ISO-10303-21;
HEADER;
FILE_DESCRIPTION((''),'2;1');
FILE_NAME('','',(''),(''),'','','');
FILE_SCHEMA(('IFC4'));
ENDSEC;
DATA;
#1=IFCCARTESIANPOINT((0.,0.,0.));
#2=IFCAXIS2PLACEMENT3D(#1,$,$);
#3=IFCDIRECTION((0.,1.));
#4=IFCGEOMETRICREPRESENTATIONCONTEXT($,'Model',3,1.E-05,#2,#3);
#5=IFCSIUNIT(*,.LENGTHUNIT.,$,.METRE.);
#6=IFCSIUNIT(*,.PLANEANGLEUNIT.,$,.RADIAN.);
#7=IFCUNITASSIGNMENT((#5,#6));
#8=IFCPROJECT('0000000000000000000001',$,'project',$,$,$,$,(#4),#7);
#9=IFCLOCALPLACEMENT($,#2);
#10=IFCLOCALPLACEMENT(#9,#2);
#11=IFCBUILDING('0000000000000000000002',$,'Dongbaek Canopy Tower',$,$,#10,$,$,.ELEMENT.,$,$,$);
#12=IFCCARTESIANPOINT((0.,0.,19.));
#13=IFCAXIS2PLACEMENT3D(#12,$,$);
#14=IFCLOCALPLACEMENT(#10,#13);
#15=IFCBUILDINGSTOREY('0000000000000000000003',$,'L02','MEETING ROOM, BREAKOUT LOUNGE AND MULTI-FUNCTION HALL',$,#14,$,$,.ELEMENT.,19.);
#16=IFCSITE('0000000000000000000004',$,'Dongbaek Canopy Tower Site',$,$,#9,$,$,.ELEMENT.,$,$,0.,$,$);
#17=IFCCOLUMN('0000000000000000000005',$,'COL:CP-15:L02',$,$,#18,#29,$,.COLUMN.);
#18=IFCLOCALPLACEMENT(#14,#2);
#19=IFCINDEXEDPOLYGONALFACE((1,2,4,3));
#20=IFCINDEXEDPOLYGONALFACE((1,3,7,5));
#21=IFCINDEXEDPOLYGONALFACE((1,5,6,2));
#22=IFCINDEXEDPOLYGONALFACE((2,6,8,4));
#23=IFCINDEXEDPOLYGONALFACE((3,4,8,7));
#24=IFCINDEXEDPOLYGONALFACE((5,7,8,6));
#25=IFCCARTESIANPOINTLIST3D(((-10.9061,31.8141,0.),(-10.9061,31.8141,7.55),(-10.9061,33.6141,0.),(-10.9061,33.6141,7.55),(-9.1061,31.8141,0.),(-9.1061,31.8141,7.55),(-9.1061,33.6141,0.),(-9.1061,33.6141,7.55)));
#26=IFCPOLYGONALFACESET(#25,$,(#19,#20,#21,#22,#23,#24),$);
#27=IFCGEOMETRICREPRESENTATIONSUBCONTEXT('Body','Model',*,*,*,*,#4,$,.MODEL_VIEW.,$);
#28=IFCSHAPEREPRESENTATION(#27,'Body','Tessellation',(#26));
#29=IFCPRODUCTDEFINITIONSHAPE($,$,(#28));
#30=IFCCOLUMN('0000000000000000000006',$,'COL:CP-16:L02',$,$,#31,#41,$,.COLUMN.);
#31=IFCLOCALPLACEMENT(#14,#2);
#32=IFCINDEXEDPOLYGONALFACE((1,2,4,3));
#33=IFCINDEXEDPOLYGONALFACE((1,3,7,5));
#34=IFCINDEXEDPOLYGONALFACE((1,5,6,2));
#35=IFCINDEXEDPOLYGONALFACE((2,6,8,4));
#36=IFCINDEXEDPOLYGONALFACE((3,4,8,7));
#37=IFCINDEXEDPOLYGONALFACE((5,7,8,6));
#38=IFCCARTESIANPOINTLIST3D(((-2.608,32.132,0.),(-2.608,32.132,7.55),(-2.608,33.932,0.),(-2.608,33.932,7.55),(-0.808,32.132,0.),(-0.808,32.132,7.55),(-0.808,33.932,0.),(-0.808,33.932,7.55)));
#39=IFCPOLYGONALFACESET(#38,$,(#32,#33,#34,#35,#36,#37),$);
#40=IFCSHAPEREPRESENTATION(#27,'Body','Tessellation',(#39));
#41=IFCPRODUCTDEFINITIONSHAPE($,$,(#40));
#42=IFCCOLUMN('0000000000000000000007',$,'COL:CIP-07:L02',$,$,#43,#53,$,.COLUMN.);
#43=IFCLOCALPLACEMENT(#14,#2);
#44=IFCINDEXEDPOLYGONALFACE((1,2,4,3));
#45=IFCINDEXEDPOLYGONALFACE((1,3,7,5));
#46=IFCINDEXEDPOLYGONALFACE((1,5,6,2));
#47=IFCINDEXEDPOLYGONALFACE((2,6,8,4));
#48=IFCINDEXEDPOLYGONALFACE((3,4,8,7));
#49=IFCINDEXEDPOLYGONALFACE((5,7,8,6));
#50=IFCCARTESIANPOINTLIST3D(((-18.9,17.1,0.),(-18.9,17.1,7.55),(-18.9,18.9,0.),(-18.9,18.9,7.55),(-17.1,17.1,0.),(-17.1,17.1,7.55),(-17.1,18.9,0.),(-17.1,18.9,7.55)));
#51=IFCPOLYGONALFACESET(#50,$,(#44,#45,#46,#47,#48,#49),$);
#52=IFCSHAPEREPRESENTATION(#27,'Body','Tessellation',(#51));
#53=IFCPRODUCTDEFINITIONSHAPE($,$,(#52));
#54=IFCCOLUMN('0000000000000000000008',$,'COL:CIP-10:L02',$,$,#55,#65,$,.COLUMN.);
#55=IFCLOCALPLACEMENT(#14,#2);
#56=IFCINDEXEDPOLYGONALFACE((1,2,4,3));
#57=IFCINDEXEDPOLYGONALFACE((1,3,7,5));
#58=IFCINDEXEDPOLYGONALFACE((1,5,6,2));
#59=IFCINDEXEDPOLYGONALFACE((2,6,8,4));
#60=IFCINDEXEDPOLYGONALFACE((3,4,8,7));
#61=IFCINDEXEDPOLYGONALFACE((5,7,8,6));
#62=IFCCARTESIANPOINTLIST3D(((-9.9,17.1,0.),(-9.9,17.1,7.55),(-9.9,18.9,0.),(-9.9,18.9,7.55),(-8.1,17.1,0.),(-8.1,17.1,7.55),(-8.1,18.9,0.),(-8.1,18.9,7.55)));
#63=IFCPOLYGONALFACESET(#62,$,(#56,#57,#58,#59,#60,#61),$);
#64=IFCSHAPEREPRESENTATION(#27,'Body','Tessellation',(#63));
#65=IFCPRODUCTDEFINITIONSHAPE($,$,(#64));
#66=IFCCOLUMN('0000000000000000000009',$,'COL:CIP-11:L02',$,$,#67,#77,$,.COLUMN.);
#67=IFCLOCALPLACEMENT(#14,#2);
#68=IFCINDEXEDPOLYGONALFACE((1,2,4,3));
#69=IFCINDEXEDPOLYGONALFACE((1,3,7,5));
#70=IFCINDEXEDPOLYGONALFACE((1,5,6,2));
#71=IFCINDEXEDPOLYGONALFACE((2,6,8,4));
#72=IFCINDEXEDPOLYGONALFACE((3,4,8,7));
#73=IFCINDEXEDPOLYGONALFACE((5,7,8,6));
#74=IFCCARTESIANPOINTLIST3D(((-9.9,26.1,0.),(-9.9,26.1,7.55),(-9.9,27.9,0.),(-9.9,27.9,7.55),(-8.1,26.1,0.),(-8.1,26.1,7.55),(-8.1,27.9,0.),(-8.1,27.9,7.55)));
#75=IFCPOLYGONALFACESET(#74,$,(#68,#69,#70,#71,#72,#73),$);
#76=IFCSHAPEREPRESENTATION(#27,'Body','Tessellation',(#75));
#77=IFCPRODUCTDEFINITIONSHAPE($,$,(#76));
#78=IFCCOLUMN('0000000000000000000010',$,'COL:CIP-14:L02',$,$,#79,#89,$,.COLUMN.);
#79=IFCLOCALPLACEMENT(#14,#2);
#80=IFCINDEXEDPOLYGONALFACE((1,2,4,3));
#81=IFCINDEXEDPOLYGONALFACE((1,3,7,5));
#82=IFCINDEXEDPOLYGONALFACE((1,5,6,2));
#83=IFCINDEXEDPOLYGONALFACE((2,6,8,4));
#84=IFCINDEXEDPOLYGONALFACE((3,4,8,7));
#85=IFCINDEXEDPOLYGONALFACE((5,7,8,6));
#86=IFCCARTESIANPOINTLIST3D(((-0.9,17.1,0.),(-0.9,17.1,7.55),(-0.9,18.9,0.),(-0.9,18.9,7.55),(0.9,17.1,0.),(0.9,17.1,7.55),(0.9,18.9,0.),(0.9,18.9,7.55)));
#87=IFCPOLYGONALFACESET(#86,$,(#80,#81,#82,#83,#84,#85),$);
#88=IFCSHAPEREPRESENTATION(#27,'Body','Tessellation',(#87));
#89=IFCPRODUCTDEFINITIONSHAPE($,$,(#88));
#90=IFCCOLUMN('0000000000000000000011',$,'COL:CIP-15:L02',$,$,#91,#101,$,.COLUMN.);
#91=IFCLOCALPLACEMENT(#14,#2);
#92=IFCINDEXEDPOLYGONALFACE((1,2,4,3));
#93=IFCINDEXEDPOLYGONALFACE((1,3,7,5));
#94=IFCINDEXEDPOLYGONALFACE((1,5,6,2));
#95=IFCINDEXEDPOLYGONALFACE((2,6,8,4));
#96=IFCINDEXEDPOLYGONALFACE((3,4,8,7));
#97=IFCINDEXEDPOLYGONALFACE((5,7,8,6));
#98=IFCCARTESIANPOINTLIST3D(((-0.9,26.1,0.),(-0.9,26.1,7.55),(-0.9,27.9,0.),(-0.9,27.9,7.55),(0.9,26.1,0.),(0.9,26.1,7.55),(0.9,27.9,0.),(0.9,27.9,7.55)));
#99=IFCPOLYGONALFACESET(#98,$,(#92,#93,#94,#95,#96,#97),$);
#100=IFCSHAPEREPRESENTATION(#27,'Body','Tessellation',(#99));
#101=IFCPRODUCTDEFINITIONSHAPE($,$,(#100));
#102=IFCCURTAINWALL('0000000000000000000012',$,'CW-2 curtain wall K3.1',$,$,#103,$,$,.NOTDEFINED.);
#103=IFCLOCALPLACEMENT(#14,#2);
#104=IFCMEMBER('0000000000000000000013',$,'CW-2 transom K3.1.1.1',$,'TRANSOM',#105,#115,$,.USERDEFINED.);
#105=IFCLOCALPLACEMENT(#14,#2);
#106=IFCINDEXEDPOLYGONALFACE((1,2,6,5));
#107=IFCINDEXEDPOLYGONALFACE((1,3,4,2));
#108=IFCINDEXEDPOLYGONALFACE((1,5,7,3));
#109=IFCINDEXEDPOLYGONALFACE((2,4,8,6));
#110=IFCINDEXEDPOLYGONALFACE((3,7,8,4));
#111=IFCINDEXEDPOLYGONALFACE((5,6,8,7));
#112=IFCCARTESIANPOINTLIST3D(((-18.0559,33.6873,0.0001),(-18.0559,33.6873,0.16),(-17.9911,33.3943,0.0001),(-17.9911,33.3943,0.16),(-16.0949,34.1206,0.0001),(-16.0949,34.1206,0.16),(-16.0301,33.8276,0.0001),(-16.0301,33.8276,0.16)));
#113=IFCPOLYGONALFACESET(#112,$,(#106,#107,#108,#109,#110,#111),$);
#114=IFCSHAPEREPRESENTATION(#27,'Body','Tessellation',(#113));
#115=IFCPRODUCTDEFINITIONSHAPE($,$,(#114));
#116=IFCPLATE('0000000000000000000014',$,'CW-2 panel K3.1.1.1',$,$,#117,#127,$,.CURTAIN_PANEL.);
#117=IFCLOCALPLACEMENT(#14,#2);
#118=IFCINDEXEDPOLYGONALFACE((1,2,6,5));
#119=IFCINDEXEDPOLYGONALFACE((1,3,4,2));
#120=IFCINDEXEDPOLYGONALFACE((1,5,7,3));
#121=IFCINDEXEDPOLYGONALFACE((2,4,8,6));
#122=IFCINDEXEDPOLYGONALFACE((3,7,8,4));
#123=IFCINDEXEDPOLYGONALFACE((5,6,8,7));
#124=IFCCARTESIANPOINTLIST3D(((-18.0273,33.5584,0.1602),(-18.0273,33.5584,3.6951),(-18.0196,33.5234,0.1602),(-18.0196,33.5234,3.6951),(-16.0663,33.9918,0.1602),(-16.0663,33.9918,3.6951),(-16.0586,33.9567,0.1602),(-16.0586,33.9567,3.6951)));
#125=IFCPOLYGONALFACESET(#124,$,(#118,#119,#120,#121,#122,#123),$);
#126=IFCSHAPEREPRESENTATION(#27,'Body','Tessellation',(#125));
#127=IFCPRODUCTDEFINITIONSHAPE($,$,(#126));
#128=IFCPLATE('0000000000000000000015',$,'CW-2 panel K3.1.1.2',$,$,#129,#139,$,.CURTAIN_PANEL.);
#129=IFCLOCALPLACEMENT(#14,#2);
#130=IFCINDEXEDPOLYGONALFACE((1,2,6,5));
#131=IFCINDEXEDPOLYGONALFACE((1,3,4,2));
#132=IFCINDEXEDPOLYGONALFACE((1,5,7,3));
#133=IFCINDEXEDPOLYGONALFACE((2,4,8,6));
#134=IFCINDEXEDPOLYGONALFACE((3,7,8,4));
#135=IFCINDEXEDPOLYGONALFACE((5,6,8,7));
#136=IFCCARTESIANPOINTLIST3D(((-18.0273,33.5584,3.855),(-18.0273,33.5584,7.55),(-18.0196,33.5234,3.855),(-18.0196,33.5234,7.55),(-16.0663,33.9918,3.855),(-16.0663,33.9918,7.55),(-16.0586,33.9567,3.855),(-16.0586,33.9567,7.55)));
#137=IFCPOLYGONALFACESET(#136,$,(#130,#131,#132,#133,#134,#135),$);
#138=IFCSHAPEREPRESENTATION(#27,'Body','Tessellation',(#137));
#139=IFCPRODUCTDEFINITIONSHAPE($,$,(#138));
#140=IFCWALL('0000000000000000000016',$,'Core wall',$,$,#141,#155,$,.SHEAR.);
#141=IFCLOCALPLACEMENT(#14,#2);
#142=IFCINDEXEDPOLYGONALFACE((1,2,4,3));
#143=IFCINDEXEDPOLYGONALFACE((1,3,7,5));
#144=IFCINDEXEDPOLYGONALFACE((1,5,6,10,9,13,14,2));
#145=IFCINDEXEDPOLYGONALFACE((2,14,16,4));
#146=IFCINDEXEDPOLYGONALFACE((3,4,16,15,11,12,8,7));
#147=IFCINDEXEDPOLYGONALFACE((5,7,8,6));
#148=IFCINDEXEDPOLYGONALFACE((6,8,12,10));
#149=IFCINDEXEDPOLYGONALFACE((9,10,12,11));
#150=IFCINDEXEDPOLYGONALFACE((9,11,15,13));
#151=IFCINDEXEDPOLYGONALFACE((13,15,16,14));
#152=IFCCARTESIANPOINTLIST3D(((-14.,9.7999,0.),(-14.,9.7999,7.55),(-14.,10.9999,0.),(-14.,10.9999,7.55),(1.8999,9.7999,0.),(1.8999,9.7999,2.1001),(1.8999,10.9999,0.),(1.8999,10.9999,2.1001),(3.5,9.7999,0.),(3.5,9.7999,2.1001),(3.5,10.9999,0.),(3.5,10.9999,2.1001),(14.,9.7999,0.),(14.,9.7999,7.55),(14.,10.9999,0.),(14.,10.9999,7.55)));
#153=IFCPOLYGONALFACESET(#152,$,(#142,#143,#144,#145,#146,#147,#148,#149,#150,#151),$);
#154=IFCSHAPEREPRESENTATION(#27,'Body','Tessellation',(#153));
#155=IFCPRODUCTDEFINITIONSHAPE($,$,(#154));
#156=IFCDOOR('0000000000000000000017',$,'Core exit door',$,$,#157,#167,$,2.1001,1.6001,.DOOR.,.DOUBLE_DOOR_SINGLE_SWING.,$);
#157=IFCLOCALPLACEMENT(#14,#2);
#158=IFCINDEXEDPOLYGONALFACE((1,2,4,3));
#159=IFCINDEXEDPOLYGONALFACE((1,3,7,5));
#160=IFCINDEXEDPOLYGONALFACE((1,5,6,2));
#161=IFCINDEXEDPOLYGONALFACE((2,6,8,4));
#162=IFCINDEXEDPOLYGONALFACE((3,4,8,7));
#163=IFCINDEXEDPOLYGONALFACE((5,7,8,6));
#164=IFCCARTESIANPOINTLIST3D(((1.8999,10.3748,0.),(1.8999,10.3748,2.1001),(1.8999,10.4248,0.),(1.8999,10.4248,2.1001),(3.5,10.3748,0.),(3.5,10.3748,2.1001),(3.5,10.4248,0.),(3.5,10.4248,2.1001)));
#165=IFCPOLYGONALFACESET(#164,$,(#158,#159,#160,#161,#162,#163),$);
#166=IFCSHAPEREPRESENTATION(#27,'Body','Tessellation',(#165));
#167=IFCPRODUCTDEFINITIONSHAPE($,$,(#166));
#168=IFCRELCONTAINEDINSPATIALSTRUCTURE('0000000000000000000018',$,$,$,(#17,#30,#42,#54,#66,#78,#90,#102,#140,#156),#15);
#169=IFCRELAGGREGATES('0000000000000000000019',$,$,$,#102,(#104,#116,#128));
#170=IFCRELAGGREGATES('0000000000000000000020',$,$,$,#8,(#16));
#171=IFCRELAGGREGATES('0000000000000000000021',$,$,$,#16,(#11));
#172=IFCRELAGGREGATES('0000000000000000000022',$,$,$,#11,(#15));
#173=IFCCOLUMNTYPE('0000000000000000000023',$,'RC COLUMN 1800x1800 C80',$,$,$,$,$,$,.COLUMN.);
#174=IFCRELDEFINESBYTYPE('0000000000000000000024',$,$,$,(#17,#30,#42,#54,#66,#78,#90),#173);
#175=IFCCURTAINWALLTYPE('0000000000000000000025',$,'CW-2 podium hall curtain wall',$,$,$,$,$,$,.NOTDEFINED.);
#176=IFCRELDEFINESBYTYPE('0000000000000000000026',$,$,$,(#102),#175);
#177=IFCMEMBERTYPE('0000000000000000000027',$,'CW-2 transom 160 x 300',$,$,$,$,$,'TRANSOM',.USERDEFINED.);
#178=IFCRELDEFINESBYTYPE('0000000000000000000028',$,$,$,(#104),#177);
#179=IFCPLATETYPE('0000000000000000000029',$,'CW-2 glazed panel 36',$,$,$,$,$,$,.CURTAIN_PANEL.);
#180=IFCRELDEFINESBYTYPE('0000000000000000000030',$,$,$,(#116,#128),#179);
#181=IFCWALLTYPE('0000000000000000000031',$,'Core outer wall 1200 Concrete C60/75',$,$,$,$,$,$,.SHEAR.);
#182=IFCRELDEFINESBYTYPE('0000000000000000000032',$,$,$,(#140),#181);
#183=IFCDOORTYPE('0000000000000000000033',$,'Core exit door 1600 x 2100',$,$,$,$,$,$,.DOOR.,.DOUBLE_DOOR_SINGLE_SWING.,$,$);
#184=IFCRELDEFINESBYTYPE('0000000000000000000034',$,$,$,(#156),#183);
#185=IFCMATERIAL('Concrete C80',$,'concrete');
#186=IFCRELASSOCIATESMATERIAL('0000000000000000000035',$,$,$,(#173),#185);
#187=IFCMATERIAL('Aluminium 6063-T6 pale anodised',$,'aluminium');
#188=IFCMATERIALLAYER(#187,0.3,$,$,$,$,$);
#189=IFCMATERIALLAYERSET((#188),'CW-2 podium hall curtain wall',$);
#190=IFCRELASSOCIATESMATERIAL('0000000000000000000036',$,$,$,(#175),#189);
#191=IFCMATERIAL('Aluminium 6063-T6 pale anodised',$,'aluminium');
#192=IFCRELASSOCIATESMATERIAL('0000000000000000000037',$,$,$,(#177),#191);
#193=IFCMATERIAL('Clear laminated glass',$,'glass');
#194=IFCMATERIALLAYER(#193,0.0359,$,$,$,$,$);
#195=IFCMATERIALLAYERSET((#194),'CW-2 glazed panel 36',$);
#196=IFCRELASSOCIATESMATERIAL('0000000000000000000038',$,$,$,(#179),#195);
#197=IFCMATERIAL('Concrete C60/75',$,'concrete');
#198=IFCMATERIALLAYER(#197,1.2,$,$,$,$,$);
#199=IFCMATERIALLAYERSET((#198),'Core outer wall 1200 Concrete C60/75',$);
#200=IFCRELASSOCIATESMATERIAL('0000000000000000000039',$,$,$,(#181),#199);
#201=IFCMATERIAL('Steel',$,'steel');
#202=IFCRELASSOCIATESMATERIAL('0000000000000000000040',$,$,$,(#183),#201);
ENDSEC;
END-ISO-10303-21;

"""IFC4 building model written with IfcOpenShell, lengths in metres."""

from ifc_helpers import new_model, si_unit, direction, frame, frame_2d, origin, origin_2d, place, context, subcontext, project, spatial, rectangle, extrude, material, layer, layer_set, material_profile, profile_set, type_object, element, fill, aggregate, save


model = new_model("IFC4")

# Units and contexts
model_context = context("Model", 3, precision=1e-05, world=origin(), true_north=direction((0.0, 1.0)))
body_context = subcontext(model_context, "Body", "Model", "MODEL_VIEW")
ifc_project = project(units=[si_unit("LENGTHUNIT", "METRE"), si_unit("PLANEANGLEUNIT", "RADIAN")], contexts=[model_context])

# Site, building, storey
site_placement = place(None, origin())
site = spatial("IfcSite", under=ifc_project, at=site_placement, Name="Dongbaek Canopy Tower Site", CompositionType="ELEMENT", RefElevation=0.0)
building_placement = place(site_placement, origin())
building = spatial("IfcBuilding", under=site, at=building_placement, Name="Dongbaek Canopy Tower", CompositionType="ELEMENT")
storey_placement = place(building_placement, frame((0.0, 0.0, 19.0)))
storey = spatial("IfcBuildingStorey", under=building, at=storey_placement, Name="L02", Description="MEETING ROOM, BREAKOUT LOUNGE AND MULTI-FUNCTION HALL", CompositionType="ELEMENT", Elevation=19.0)

# Columns
ifc_material_1 = material(Name="Concrete C80", Category="concrete")
ifc_material_profile_1 = material_profile(ifc_material_1, rectangle(XDim=1.8, YDim=1.8, at=origin_2d()), Name="RC COLUMN 1800x1800 C80")
ifc_profile_set_1 = profile_set([ifc_material_profile_1], Name="Concrete C80")
column_type = type_object("IfcColumnType", Name="RC COLUMN 1800x1800 C80", PredefinedType="COLUMN", material=ifc_profile_set_1)
for number, where, z_axis, x_axis, name in (
    (1, (-10.0061, 32.7141, 0.0), (0.0, 0.0, 1.0), (1.0, 0.0, 0.0), "COL:CP-15:L02"),
    (2, (-1.708, 33.032, 0.0), (0.0, 0.0, 1.0), (1.0, 0.0, 0.0), "COL:CP-16:L02"),
    (3, (-18.0, 18.0, 0.0), (0.0, 0.0, 1.0), (1.0, 0.0, 0.0), "COL:CIP-07:L02"),
    (4, (-9.0, 18.0, 0.0), (0.0, 0.0, 1.0), (1.0, 0.0, 0.0), "COL:CIP-10:L02"),
    (5, (-9.0, 27.0, 0.0), (0.0, 0.0, 1.0), (1.0, 0.0, 0.0), "COL:CIP-11:L02"),
    (6, (0.0, 18.0, 0.0), (0.0, 0.0, 1.0), (1.0, 0.0, 0.0), "COL:CIP-14:L02"),
    (7, (0.0, 27.0, 0.0), (0.0, 0.0, 1.0), (1.0, 0.0, 0.0), "COL:CIP-15:L02"),
):
    element("IfcColumn", number, at=place(storey_placement, frame(where, z_axis=z_axis, x_axis=x_axis)), inside=storey, type_object=column_type, Name=name, PredefinedType="COLUMN", context=body_context, shape_type="SweptSolid", body=[
        extrude(rectangle(XDim=1.8, YDim=1.8, at=origin_2d()), origin(), (0.0, 0.0, 1.0), 7.55),
    ])

# Curtain wall, member, plates
ifc_material_2 = material(Name="Aluminium 6063-T6 pale anodised", Category="aluminium")
ifc_layer_1 = layer(ifc_material_2, 0.3)
ifc_layer_set_1 = layer_set([ifc_layer_1], Name="CW-2 podium hall curtain wall")
curtain_wall_type = type_object("IfcCurtainWallType", Name="CW-2 podium hall curtain wall", PredefinedType="NOTDEFINED", material=ifc_layer_set_1)
curtain_wall_placement = place(storey_placement, origin())
curtain_wall = element("IfcCurtainWall", 8, at=curtain_wall_placement, inside=storey, type_object=curtain_wall_type, Name="CW-2 curtain wall K3.1", PredefinedType="NOTDEFINED")
ifc_material_3 = material(Name="Aluminium 6063-T6 pale anodised", Category="aluminium")
ifc_material_profile_2 = material_profile(ifc_material_3, rectangle(XDim=0.3, YDim=0.1599, at=origin_2d()), Name="CW-2 transom 160 x 300")
ifc_profile_set_2 = profile_set([ifc_material_profile_2], Name="Aluminium 6063-T6 pale anodised")
member_type = type_object("IfcMemberType", Name="CW-2 transom 160 x 300", ElementType="TRANSOM", PredefinedType="USERDEFINED", material=ifc_profile_set_2)
member_placement = place(storey_placement, frame((-16.0625, 33.9741, 0.0801), z_axis=(-0.976441, -0.215785, 0.0), x_axis=(0.215785, -0.976441, 0.0)))
member = element("IfcMember", 9, at=member_placement, type_object=member_type, Name="CW-2 transom K3.1.1.1", ObjectType="TRANSOM", PredefinedType="USERDEFINED", context=body_context, shape_type="SweptSolid", body=[
    extrude(rectangle(XDim=0.3, YDim=0.1599, at=origin_2d()), origin(), (0.0, 0.0, 1.0), 2.0083),
])
ifc_material_4 = material(Name="Clear laminated glass", Category="glass")
ifc_layer_2 = layer(ifc_material_4, 0.0359)
ifc_layer_set_2 = layer_set([ifc_layer_2], Name="CW-2 glazed panel 36")
plate_type = type_object("IfcPlateType", Name="CW-2 glazed panel 36", PredefinedType="CURTAIN_PANEL", material=ifc_layer_set_2)
plate_1_placement = place(storey_placement, frame((-17.043, 33.7576, 0.1602), z_axis=(0.0, 0.0, 1.0), x_axis=(-0.976443, -0.215775, 0.0)))
plate_1 = element("IfcPlate", 10, at=plate_1_placement, type_object=plate_type, Name="CW-2 panel K3.1.1.1", PredefinedType="CURTAIN_PANEL", context=body_context, shape_type="SweptSolid", body=[
    extrude(rectangle(XDim=2.0083, YDim=0.0359, at=origin_2d()), origin(), (0.0, 0.0, 1.0), 3.5349),
])
plate_2_placement = place(storey_placement, frame((-17.043, 33.7576, 3.855), z_axis=(0.0, 0.0, 1.0), x_axis=(-0.976443, -0.215775, 0.0)))
plate_2 = element("IfcPlate", 11, at=plate_2_placement, type_object=plate_type, Name="CW-2 panel K3.1.1.2", PredefinedType="CURTAIN_PANEL", context=body_context, shape_type="SweptSolid", body=[
    extrude(rectangle(XDim=2.0083, YDim=0.0359, at=origin_2d()), origin(), (0.0, 0.0, 1.0), 3.6951),
])
aggregate(curtain_wall, [member, plate_1, plate_2])

# Wall, opening, door
ifc_material_5 = material(Name="Concrete C60/75", Category="concrete")
ifc_layer_3 = layer(ifc_material_5, 1.2)
ifc_layer_set_3 = layer_set([ifc_layer_3], Name="Core outer wall 1200 Concrete C60/75")
wall_type_1 = type_object("IfcWallType", Name="Core outer wall 1200 Concrete C60/75", PredefinedType="SHEAR", material=ifc_layer_set_3)
wall_1_placement = place(storey_placement, frame((-14.0, 10.3999, 0.0), z_axis=(0.0, 0.0, 1.0), x_axis=(1.0, 0.0, 0.0)))
wall_1 = element("IfcWall", 12, at=wall_1_placement, inside=storey, type_object=wall_type_1, Name="Core wall", PredefinedType="SHEAR", context=body_context, shape_type="SweptSolid", body=[
    extrude(rectangle(XDim=28.0, YDim=1.2, at=frame_2d((14.0, 0.0))), origin(), (0.0, 0.0, 1.0), 7.55),
])
opening_1_placement = place(wall_1_placement, frame((15.8999, 0.0, 0.0)))
opening_1 = element("IfcOpeningElement", 13, at=opening_1_placement, cuts=wall_1, PredefinedType="OPENING", context=body_context, shape_type="SweptSolid", body=[
    extrude(rectangle(XDim=1.6001, YDim=2.1001, at=frame_2d((0.8, 1.05))), frame((0.0, 0.6099, 0.0), z_axis=(0.0, -1.0, 0.0), x_axis=(1.0, 0.0, 0.0)), (0.0, 0.0, 1.0), 1.22),
])
ifc_material_6 = material(Name="Steel", Category="steel")
door_type_1 = type_object("IfcDoorType", Name="Core exit door 1600 x 2100", OperationType="DOUBLE_DOOR_SINGLE_SWING", PredefinedType="DOOR", material=ifc_material_6)
door_1_placement = place(opening_1_placement, origin())
door_1 = element("IfcDoor", 14, at=door_1_placement, inside=storey, type_object=door_type_1, Name="Core exit door", OperationType="DOUBLE_DOOR_SINGLE_SWING", OverallHeight=2.1001, OverallWidth=1.6001, PredefinedType="DOOR", context=body_context, shape_type="SweptSolid", body=[
    extrude(rectangle(XDim=1.6001, YDim=2.1001, at=frame_2d((0.8, 1.05))), frame((0.0, 0.0249, 0.0), z_axis=(0.0, -1.0, 0.0), x_axis=(1.0, 0.0, 0.0)), (0.0, 0.0, 1.0), 0.05),
])
fill(opening_1, door_1)

save(model, "model.ifc")
